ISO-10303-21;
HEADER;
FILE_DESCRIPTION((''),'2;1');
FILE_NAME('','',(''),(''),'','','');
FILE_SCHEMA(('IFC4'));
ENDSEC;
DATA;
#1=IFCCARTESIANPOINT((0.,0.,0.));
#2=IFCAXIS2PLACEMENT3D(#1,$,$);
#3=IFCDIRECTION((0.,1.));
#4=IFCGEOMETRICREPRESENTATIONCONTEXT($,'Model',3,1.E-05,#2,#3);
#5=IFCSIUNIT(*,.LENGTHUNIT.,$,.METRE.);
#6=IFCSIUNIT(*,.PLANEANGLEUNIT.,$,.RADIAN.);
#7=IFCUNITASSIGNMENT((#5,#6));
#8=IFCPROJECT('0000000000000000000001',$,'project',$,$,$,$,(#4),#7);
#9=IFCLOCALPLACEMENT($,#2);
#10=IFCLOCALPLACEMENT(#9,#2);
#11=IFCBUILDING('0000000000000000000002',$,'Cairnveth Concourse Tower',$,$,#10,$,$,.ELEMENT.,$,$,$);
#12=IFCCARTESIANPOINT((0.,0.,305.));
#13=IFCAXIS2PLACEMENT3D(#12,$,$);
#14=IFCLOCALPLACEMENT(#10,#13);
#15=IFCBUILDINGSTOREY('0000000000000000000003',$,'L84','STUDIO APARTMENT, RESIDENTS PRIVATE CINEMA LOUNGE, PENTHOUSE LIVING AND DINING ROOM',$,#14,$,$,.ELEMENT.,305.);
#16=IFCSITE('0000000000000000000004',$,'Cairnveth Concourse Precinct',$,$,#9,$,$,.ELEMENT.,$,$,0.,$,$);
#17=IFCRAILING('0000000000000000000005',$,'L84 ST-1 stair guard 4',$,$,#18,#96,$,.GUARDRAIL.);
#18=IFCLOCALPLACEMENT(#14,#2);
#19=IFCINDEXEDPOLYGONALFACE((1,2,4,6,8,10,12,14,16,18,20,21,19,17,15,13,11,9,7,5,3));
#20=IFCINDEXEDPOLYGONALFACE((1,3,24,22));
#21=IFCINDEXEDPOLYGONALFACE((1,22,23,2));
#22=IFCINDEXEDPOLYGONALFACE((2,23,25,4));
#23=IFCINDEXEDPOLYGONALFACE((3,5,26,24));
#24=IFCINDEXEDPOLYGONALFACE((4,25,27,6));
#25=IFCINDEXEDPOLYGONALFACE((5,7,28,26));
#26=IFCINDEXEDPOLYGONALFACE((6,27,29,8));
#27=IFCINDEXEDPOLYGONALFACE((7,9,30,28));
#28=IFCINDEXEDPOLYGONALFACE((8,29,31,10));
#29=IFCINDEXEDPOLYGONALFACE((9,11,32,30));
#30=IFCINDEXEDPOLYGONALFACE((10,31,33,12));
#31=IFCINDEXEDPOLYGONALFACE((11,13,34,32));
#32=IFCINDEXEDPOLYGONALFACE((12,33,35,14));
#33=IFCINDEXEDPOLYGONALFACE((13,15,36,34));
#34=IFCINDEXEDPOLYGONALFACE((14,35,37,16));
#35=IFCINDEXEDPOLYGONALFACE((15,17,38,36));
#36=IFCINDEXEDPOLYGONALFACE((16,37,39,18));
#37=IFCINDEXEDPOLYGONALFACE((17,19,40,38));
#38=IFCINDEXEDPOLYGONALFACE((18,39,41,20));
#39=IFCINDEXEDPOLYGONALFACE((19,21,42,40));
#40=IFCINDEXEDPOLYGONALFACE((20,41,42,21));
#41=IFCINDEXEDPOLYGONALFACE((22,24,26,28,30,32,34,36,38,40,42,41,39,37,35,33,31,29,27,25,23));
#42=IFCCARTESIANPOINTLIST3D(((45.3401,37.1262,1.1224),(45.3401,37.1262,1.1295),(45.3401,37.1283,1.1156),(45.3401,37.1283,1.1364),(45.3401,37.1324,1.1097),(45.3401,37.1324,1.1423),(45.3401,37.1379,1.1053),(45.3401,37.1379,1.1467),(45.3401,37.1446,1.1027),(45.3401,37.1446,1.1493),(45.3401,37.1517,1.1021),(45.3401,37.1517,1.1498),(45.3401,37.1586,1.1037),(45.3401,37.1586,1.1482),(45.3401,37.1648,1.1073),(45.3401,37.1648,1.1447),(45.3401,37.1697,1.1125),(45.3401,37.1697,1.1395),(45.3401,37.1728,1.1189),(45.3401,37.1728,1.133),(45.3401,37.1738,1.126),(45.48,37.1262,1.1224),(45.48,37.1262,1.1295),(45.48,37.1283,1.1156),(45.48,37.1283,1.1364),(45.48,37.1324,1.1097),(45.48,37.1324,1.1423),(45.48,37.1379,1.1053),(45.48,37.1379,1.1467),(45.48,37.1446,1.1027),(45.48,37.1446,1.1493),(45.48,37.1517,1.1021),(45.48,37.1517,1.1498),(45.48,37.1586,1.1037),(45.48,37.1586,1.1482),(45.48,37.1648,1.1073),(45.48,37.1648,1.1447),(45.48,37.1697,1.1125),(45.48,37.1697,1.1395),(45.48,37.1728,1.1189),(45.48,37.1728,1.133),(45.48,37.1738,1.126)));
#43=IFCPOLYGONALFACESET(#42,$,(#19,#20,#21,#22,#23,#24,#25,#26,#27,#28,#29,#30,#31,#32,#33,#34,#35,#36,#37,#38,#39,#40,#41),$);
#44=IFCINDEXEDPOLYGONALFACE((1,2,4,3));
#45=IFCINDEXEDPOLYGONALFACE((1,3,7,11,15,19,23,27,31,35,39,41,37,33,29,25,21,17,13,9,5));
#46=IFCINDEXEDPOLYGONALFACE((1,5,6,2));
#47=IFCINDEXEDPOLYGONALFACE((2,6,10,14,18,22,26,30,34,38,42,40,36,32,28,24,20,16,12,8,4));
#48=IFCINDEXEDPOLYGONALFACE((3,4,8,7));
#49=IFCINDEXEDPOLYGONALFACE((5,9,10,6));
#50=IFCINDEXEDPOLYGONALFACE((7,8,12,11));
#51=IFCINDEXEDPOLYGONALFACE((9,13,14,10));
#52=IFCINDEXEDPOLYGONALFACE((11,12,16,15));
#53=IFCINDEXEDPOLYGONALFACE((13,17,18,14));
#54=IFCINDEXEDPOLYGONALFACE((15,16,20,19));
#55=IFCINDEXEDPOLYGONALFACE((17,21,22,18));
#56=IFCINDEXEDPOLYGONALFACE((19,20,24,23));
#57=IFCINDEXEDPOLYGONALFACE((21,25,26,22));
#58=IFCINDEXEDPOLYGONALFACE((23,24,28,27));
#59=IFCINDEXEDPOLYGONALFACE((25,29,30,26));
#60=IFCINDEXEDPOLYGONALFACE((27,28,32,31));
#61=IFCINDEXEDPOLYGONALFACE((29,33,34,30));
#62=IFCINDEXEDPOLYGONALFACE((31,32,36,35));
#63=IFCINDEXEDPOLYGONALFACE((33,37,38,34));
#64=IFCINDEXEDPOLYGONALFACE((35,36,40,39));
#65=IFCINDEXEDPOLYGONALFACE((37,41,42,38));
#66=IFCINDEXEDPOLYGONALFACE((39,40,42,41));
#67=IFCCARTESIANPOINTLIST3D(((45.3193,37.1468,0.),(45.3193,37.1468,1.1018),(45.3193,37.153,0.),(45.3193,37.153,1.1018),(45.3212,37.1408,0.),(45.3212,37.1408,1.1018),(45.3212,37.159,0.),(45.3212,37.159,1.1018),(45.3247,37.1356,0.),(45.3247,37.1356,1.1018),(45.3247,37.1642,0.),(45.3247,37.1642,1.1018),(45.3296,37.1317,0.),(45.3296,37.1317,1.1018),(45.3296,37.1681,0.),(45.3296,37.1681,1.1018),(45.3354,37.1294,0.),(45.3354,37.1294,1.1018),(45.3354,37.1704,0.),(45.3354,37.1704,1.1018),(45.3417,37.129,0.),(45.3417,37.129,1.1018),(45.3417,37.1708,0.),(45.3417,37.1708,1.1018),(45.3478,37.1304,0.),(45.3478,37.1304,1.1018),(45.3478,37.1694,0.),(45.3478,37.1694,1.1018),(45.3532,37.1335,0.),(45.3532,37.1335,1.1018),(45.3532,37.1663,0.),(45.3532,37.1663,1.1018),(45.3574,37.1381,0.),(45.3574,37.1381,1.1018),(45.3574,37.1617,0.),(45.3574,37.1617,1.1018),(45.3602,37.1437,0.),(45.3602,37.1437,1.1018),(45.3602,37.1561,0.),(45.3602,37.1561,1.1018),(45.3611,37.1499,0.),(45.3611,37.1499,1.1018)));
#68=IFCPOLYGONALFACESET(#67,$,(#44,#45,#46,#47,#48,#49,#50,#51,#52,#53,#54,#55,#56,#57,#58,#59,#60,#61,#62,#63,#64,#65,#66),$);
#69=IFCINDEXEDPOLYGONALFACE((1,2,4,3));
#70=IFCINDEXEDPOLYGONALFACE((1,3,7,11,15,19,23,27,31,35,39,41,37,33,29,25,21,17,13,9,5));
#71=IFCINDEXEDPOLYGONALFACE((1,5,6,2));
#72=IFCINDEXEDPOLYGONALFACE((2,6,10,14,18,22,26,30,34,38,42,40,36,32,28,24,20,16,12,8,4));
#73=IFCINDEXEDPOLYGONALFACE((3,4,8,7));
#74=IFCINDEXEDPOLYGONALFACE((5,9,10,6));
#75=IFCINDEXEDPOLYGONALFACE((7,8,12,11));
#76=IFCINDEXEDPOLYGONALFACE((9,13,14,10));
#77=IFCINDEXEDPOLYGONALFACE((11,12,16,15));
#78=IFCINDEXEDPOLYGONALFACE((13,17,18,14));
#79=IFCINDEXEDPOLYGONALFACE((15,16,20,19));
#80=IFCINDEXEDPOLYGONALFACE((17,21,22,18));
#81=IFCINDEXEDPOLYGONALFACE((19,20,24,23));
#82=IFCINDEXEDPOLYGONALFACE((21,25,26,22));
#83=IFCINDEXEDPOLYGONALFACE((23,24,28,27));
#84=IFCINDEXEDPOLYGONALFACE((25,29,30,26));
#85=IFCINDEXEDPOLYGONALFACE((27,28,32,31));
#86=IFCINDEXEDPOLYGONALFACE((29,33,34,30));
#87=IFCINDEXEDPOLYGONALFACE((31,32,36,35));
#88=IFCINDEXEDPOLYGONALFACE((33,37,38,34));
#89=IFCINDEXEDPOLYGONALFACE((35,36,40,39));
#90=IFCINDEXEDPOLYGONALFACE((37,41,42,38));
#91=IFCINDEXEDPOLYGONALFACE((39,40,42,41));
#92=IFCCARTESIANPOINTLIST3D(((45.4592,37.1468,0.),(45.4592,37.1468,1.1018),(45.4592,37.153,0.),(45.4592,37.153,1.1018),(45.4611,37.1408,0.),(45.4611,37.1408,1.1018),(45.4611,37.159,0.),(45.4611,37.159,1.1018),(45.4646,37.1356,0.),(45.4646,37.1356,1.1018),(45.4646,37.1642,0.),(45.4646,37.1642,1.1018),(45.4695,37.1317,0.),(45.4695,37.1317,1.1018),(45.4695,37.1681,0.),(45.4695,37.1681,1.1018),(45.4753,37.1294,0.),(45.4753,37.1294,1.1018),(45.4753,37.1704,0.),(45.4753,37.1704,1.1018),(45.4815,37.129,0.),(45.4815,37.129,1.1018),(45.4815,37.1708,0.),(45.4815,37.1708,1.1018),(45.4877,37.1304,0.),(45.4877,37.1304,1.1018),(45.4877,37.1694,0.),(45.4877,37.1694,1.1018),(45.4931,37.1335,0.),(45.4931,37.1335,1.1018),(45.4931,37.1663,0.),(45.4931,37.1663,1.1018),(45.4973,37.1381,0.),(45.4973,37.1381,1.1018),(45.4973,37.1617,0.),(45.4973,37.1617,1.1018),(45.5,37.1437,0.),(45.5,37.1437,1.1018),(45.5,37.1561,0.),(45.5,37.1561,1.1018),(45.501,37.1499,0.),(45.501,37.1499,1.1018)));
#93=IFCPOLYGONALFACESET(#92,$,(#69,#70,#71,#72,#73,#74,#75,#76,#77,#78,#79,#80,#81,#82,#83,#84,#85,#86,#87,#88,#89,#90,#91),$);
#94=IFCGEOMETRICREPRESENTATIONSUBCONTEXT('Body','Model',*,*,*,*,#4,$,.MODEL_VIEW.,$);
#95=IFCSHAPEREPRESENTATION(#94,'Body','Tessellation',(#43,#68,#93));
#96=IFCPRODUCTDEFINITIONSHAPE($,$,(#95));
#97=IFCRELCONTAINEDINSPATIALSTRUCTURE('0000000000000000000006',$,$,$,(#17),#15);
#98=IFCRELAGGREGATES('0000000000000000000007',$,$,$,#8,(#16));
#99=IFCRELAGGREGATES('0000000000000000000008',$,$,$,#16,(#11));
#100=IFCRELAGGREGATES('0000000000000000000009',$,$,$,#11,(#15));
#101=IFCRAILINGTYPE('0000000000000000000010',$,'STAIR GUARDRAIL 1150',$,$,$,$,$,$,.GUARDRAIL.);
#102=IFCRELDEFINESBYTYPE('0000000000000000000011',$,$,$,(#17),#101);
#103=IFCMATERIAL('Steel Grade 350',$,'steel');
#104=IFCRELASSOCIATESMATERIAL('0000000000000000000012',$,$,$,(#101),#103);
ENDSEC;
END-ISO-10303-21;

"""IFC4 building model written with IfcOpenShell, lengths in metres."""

from ifc_helpers import new_model, si_unit, direction, frame, origin, origin_2d, place, context, subcontext, project, spatial, circle, extrude, material, type_object, element, save


model = new_model("IFC4")

# Units and contexts
model_context = context("Model", 3, precision=1e-05, world=origin(), true_north=direction((0.0, 1.0)))
body_context = subcontext(model_context, "Body", "Model", "MODEL_VIEW")
ifc_project = project(units=[si_unit("LENGTHUNIT", "METRE"), si_unit("PLANEANGLEUNIT", "RADIAN")], contexts=[model_context])

# Site, building, storey
site_placement = place(None, origin())
site = spatial("IfcSite", under=ifc_project, at=site_placement, Name="Cairnveth Concourse Precinct", CompositionType="ELEMENT", RefElevation=0.0)
building_placement = place(site_placement, origin())
building = spatial("IfcBuilding", under=site, at=building_placement, Name="Cairnveth Concourse Tower", CompositionType="ELEMENT")
storey_placement = place(building_placement, frame((0.0, 0.0, 305.0)))
storey = spatial("IfcBuildingStorey", under=building, at=storey_placement, Name="L84", Description="STUDIO APARTMENT, RESIDENTS PRIVATE CINEMA LOUNGE, PENTHOUSE LIVING AND DINING ROOM", CompositionType="ELEMENT", Elevation=305.0)

# Shared definitions
ifc_material_1 = material(Name="Steel Grade 350", Category="steel")

# Railing
railing_type = type_object("IfcRailingType", Name="STAIR GUARDRAIL 1150", PredefinedType="GUARDRAIL", material=ifc_material_1)
railing_1_placement = place(storey_placement, frame((45.3401, 37.1499, 0.0)))
element("IfcRailing", 1, at=railing_1_placement, inside=storey, type_object=railing_type, Name="L84 ST-1 stair guard 4", PredefinedType="GUARDRAIL", context=body_context, shape_type="SweptSolid", body=[
    extrude(circle(Radius=0.0239, at=origin_2d()), frame((0.0, 0.0, 1.126), z_axis=(1.0, 0.0, 0.0), x_axis=(0.0, 1.0, 0.0)), (0.0, 0.0, 1.0), 0.1399),
    extrude(circle(Radius=0.021, at=origin_2d()), origin(), (0.0, 0.0, 1.0), 1.1018),
    extrude(circle(Radius=0.021, at=origin_2d()), frame((0.1399, 0.0, 0.0)), (0.0, 0.0, 1.0), 1.1018),
])

save(model, "model.ifc")
